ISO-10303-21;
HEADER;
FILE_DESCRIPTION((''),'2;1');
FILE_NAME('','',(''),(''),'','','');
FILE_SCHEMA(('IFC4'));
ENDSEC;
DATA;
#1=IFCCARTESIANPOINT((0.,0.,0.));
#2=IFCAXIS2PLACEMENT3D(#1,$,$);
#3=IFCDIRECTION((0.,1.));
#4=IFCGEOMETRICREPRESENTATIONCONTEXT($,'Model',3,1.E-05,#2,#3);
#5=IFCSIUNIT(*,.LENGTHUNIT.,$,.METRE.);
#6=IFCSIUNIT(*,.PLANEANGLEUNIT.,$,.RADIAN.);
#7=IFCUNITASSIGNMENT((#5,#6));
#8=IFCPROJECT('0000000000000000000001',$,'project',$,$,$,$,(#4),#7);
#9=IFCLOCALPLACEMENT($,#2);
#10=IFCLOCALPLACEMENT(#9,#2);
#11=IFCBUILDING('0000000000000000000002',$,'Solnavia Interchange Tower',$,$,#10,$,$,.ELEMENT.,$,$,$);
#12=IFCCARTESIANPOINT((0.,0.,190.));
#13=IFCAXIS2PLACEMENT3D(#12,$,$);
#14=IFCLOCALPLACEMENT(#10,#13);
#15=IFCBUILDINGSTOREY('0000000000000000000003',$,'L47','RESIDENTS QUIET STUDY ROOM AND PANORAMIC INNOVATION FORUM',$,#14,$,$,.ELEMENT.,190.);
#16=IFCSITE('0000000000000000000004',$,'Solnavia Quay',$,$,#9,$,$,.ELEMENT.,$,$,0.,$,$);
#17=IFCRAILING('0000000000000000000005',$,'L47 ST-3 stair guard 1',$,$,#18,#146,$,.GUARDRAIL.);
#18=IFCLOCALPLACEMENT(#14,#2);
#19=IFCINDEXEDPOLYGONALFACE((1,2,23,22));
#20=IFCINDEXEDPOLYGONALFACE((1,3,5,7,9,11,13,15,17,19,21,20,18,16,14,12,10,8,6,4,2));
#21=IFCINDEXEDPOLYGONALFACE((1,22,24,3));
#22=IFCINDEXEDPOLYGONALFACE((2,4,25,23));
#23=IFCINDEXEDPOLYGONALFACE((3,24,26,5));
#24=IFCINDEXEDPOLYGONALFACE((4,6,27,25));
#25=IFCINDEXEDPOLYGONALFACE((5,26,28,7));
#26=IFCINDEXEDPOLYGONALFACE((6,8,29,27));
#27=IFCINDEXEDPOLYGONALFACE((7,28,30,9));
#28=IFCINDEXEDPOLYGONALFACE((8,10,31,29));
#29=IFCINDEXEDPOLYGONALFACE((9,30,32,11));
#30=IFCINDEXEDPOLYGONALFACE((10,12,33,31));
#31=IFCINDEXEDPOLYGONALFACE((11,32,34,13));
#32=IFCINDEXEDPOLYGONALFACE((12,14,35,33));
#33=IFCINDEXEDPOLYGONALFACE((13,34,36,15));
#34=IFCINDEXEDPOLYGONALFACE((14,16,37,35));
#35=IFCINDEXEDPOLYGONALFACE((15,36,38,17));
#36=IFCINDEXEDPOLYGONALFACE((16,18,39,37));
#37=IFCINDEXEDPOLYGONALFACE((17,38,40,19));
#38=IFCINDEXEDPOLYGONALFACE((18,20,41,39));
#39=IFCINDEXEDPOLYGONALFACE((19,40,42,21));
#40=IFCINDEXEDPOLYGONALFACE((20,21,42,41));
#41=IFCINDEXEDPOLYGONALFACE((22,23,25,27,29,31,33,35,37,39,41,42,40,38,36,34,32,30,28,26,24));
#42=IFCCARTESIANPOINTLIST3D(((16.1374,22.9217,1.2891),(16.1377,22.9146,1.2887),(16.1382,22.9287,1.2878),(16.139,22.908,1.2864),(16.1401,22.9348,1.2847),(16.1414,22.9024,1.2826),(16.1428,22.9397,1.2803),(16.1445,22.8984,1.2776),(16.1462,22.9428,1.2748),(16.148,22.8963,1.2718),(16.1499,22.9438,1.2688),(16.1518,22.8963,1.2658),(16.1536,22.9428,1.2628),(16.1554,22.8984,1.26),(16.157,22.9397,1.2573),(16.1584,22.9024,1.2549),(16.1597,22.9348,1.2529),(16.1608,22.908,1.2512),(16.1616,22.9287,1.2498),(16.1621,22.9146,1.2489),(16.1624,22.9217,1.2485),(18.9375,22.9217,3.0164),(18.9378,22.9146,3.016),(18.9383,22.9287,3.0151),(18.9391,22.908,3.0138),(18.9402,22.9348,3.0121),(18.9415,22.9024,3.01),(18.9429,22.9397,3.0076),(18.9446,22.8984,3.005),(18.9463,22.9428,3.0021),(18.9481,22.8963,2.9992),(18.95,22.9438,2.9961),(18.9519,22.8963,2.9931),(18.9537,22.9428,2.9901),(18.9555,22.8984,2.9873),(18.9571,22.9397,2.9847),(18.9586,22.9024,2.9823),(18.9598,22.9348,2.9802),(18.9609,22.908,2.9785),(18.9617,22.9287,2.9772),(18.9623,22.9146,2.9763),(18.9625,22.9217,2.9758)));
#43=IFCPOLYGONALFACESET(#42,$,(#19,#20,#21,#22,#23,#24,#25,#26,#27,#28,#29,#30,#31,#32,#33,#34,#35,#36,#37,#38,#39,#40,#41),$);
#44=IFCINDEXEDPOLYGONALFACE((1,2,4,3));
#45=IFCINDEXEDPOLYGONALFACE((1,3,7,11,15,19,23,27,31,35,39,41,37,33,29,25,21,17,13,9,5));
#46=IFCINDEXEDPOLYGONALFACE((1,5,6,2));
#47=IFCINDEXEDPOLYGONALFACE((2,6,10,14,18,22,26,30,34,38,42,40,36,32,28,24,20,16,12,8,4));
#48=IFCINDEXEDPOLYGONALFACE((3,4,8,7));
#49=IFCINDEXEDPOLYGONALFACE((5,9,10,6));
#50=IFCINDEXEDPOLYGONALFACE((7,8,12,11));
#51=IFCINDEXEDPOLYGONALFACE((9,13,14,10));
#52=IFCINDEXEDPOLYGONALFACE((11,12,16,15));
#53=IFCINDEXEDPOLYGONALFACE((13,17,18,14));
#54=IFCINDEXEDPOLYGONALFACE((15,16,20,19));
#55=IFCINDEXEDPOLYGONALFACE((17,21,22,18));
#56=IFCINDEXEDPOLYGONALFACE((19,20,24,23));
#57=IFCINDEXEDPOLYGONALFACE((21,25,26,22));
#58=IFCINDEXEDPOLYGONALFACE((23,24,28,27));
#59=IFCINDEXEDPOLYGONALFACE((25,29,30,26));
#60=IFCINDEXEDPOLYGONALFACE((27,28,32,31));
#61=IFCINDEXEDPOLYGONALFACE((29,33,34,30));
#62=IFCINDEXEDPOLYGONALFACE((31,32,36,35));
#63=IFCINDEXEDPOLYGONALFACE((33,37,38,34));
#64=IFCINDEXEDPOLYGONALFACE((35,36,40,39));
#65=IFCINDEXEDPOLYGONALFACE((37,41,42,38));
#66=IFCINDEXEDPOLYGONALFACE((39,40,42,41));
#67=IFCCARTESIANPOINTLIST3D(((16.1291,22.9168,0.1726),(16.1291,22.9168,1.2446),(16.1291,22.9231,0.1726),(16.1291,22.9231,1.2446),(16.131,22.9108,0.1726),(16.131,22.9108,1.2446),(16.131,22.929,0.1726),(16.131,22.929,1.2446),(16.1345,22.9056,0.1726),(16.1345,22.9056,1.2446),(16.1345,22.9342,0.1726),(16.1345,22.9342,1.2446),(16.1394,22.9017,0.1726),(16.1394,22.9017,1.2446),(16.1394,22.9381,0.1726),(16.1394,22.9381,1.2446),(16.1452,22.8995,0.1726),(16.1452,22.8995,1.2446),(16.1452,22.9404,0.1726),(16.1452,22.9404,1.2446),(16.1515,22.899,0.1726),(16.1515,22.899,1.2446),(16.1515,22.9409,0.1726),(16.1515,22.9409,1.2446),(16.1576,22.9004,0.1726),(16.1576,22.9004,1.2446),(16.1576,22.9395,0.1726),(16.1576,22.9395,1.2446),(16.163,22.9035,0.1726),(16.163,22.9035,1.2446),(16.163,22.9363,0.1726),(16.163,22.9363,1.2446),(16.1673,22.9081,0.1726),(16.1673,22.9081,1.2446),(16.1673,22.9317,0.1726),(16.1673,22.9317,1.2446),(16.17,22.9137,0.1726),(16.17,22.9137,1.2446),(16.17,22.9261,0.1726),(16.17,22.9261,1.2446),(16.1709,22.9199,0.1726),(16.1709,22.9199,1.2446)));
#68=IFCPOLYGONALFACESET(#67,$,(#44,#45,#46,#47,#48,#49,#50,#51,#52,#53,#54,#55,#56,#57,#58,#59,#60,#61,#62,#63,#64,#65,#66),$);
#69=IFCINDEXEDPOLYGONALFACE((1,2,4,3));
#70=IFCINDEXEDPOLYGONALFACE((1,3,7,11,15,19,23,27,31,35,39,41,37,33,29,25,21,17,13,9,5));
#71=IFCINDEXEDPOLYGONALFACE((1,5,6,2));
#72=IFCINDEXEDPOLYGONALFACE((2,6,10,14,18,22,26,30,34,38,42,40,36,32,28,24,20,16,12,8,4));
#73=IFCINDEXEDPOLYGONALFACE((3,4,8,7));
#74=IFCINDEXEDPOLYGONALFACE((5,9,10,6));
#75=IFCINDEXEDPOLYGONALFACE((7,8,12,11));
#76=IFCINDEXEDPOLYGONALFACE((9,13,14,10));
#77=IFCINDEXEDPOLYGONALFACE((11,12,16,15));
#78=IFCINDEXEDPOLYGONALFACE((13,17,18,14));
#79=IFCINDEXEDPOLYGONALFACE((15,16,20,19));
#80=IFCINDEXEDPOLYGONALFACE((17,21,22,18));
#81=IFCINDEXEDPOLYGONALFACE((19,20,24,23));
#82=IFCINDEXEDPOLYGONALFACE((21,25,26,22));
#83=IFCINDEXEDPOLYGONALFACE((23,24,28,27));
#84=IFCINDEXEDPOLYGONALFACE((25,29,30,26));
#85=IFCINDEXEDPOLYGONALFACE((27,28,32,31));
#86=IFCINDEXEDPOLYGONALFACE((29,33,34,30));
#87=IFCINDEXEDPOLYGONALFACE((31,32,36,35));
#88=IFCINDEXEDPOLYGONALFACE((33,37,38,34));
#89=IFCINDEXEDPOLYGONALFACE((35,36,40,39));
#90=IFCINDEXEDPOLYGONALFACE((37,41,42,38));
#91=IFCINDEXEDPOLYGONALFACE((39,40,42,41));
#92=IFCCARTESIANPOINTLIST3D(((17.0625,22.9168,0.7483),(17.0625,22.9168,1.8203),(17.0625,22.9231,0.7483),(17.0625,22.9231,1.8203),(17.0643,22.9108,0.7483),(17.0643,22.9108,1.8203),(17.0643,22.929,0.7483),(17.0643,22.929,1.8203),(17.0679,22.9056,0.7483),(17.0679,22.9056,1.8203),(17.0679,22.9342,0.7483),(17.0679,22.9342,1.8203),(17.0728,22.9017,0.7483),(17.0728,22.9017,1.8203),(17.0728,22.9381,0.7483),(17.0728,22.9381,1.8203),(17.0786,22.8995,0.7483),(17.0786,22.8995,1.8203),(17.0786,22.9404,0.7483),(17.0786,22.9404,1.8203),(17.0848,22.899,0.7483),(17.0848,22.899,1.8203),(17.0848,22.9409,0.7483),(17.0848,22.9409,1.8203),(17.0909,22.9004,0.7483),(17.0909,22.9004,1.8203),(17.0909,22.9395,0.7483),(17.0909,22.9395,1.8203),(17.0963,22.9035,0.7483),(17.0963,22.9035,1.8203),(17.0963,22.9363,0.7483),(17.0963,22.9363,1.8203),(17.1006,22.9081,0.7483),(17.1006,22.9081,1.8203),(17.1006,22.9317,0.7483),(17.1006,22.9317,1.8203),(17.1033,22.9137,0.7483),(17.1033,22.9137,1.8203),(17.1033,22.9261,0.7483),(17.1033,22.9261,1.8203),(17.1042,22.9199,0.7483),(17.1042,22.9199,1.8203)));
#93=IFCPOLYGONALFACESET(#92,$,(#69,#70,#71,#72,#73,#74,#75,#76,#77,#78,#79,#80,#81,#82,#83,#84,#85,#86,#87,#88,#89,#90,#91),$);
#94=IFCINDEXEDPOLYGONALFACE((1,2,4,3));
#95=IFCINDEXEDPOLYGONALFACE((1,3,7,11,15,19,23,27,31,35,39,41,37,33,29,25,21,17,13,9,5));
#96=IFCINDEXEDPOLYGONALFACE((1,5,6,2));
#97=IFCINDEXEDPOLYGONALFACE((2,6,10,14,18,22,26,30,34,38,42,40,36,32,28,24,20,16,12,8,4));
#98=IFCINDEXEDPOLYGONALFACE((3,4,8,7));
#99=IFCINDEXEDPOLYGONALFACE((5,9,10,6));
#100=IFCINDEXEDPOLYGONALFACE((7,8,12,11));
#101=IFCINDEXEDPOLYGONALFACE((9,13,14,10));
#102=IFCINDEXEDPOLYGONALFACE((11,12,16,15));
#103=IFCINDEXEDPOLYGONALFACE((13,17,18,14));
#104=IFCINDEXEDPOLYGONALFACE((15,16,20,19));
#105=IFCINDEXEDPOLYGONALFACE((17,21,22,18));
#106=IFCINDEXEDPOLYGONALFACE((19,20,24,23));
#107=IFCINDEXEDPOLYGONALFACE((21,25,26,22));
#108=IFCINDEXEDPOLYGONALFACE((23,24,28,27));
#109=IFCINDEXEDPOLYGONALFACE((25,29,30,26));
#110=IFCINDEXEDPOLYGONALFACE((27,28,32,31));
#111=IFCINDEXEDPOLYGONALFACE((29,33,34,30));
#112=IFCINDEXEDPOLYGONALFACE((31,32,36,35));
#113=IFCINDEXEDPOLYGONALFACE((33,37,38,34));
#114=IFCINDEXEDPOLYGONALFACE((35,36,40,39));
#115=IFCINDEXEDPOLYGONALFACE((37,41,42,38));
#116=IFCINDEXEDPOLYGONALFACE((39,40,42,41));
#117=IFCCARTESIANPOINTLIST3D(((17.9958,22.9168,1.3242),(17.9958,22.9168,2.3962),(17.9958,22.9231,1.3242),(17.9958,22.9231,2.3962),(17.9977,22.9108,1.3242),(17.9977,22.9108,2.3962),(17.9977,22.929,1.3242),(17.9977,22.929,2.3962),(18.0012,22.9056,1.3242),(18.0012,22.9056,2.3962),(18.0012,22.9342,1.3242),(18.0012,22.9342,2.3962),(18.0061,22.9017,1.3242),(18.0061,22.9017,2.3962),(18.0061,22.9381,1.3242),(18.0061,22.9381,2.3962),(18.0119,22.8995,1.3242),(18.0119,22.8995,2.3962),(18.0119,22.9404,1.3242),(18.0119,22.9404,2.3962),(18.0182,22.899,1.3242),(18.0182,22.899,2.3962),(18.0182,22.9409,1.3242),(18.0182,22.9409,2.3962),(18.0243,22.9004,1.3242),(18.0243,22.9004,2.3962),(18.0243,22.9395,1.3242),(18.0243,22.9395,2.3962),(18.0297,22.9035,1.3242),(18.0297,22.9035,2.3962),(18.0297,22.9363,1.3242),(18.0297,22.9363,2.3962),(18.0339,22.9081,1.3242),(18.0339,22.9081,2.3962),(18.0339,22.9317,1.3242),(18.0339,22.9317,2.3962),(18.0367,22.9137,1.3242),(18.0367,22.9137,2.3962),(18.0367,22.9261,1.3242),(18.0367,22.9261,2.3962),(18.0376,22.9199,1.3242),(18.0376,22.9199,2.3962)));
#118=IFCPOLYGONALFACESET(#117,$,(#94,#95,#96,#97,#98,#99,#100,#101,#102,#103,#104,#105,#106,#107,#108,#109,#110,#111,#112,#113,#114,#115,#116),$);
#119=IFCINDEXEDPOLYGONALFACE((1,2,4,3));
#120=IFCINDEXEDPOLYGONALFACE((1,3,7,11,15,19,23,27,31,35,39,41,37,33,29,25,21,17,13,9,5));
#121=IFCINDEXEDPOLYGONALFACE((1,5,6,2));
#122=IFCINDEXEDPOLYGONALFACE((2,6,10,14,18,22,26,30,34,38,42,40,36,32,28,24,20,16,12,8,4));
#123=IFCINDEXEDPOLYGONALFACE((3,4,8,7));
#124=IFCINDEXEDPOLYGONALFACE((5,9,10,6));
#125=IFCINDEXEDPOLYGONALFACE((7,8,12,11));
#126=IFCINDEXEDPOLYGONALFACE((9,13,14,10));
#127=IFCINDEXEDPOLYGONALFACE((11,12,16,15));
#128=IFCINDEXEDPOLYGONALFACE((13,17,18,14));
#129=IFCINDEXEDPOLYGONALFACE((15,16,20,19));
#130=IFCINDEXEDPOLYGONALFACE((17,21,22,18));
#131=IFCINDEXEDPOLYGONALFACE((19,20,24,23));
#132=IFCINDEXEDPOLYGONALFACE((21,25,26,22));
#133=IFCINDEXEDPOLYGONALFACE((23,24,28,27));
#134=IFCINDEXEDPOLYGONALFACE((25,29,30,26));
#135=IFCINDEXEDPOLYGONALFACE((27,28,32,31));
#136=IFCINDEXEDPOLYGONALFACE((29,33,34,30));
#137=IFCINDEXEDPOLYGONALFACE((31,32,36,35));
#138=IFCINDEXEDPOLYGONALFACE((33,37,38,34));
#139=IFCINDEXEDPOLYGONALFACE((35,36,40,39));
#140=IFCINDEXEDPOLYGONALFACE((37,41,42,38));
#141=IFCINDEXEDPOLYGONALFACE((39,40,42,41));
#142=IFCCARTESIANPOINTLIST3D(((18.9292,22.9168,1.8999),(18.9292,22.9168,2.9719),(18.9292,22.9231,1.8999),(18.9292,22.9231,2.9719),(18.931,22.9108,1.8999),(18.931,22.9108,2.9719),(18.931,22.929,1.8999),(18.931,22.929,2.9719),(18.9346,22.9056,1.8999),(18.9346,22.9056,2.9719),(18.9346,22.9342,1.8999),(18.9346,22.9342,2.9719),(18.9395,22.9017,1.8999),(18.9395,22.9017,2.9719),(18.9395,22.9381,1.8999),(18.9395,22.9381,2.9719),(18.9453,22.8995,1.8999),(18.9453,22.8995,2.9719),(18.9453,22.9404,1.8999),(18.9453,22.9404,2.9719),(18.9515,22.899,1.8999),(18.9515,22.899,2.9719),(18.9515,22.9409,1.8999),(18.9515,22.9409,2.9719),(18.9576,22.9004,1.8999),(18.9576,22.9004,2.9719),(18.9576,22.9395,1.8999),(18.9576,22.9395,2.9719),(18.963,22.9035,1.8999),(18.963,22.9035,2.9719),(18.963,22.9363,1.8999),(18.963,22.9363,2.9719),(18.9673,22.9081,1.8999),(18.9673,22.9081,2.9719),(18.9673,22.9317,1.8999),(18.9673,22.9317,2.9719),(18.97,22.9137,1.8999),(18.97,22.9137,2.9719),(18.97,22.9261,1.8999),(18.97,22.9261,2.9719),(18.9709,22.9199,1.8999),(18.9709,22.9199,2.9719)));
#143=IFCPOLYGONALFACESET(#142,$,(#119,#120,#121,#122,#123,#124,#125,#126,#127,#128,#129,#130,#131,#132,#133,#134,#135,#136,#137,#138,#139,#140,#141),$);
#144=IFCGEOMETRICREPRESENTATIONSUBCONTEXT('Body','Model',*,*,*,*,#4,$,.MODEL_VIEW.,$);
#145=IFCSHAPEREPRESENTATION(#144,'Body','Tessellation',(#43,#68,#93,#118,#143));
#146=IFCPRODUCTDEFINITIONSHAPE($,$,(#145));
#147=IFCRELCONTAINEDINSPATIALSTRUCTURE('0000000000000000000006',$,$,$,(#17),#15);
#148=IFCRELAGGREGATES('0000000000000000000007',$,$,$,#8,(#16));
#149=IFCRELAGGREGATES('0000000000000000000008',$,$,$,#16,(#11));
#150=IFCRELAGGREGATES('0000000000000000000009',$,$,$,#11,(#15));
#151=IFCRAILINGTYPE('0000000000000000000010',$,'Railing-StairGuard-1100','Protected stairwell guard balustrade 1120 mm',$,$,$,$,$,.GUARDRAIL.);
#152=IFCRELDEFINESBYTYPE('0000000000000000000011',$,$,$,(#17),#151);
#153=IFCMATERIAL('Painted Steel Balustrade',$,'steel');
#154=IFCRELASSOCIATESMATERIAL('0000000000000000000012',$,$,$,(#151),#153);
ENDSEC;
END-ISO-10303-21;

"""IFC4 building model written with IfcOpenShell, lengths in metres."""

from ifc_helpers import new_model, si_unit, direction, frame, origin, origin_2d, place, context, subcontext, project, spatial, circle, extrude, material, type_object, element, save


model = new_model("IFC4")

# Units and contexts
model_context = context("Model", 3, precision=1e-05, world=origin(), true_north=direction((0.0, 1.0)))
body_context = subcontext(model_context, "Body", "Model", "MODEL_VIEW")
ifc_project = project(units=[si_unit("LENGTHUNIT", "METRE"), si_unit("PLANEANGLEUNIT", "RADIAN")], contexts=[model_context])

# Site, building, storey
site_placement = place(None, origin())
site = spatial("IfcSite", under=ifc_project, at=site_placement, Name="Solnavia Quay", CompositionType="ELEMENT", RefElevation=0.0)
building_placement = place(site_placement, origin())
building = spatial("IfcBuilding", under=site, at=building_placement, Name="Solnavia Interchange Tower", CompositionType="ELEMENT")
storey_placement = place(building_placement, frame((0.0, 0.0, 190.0)))
storey = spatial("IfcBuildingStorey", under=building, at=storey_placement, Name="L47", Description="RESIDENTS QUIET STUDY ROOM AND PANORAMIC INNOVATION FORUM", CompositionType="ELEMENT", Elevation=190.0)

# Railing
ifc_material_1 = material(Name="Painted Steel Balustrade", Category="steel")
railing_type_1 = type_object("IfcRailingType", Name="Railing-StairGuard-1100", Description="Protected stairwell guard balustrade 1120 mm", PredefinedType="GUARDRAIL", material=ifc_material_1)
railing_1_placement = place(storey_placement, frame((16.1499, 22.9199, 0.1726)))
element("IfcRailing", 1, at=railing_1_placement, inside=storey, type_object=railing_type_1, Name="L47 ST-3 stair guard 1", PredefinedType="GUARDRAIL", context=body_context, shape_type="SweptSolid", body=[
    extrude(circle(Radius=0.0239, at=origin_2d()), frame((0.0, 0.0, 1.0962), z_axis=(0.85109, 0.0, 0.52502), x_axis=(0.0, 1.0, 0.0)), (0.0, 0.0, 1.0), 3.29),
    extrude(circle(Radius=0.021, at=origin_2d()), origin(), (0.0, 0.0, 1.0), 1.072),
    extrude(circle(Radius=0.021, at=origin_2d()), frame((0.9333, 0.0, 0.5757)), (0.0, 0.0, 1.0), 1.072),
    extrude(circle(Radius=0.021, at=origin_2d()), frame((1.8667, 0.0, 1.1516)), (0.0, 0.0, 1.0), 1.072),
    extrude(circle(Radius=0.021, at=origin_2d()), frame((2.8, 0.0, 1.7273)), (0.0, 0.0, 1.0), 1.072),
])

save(model, "model.ifc")
